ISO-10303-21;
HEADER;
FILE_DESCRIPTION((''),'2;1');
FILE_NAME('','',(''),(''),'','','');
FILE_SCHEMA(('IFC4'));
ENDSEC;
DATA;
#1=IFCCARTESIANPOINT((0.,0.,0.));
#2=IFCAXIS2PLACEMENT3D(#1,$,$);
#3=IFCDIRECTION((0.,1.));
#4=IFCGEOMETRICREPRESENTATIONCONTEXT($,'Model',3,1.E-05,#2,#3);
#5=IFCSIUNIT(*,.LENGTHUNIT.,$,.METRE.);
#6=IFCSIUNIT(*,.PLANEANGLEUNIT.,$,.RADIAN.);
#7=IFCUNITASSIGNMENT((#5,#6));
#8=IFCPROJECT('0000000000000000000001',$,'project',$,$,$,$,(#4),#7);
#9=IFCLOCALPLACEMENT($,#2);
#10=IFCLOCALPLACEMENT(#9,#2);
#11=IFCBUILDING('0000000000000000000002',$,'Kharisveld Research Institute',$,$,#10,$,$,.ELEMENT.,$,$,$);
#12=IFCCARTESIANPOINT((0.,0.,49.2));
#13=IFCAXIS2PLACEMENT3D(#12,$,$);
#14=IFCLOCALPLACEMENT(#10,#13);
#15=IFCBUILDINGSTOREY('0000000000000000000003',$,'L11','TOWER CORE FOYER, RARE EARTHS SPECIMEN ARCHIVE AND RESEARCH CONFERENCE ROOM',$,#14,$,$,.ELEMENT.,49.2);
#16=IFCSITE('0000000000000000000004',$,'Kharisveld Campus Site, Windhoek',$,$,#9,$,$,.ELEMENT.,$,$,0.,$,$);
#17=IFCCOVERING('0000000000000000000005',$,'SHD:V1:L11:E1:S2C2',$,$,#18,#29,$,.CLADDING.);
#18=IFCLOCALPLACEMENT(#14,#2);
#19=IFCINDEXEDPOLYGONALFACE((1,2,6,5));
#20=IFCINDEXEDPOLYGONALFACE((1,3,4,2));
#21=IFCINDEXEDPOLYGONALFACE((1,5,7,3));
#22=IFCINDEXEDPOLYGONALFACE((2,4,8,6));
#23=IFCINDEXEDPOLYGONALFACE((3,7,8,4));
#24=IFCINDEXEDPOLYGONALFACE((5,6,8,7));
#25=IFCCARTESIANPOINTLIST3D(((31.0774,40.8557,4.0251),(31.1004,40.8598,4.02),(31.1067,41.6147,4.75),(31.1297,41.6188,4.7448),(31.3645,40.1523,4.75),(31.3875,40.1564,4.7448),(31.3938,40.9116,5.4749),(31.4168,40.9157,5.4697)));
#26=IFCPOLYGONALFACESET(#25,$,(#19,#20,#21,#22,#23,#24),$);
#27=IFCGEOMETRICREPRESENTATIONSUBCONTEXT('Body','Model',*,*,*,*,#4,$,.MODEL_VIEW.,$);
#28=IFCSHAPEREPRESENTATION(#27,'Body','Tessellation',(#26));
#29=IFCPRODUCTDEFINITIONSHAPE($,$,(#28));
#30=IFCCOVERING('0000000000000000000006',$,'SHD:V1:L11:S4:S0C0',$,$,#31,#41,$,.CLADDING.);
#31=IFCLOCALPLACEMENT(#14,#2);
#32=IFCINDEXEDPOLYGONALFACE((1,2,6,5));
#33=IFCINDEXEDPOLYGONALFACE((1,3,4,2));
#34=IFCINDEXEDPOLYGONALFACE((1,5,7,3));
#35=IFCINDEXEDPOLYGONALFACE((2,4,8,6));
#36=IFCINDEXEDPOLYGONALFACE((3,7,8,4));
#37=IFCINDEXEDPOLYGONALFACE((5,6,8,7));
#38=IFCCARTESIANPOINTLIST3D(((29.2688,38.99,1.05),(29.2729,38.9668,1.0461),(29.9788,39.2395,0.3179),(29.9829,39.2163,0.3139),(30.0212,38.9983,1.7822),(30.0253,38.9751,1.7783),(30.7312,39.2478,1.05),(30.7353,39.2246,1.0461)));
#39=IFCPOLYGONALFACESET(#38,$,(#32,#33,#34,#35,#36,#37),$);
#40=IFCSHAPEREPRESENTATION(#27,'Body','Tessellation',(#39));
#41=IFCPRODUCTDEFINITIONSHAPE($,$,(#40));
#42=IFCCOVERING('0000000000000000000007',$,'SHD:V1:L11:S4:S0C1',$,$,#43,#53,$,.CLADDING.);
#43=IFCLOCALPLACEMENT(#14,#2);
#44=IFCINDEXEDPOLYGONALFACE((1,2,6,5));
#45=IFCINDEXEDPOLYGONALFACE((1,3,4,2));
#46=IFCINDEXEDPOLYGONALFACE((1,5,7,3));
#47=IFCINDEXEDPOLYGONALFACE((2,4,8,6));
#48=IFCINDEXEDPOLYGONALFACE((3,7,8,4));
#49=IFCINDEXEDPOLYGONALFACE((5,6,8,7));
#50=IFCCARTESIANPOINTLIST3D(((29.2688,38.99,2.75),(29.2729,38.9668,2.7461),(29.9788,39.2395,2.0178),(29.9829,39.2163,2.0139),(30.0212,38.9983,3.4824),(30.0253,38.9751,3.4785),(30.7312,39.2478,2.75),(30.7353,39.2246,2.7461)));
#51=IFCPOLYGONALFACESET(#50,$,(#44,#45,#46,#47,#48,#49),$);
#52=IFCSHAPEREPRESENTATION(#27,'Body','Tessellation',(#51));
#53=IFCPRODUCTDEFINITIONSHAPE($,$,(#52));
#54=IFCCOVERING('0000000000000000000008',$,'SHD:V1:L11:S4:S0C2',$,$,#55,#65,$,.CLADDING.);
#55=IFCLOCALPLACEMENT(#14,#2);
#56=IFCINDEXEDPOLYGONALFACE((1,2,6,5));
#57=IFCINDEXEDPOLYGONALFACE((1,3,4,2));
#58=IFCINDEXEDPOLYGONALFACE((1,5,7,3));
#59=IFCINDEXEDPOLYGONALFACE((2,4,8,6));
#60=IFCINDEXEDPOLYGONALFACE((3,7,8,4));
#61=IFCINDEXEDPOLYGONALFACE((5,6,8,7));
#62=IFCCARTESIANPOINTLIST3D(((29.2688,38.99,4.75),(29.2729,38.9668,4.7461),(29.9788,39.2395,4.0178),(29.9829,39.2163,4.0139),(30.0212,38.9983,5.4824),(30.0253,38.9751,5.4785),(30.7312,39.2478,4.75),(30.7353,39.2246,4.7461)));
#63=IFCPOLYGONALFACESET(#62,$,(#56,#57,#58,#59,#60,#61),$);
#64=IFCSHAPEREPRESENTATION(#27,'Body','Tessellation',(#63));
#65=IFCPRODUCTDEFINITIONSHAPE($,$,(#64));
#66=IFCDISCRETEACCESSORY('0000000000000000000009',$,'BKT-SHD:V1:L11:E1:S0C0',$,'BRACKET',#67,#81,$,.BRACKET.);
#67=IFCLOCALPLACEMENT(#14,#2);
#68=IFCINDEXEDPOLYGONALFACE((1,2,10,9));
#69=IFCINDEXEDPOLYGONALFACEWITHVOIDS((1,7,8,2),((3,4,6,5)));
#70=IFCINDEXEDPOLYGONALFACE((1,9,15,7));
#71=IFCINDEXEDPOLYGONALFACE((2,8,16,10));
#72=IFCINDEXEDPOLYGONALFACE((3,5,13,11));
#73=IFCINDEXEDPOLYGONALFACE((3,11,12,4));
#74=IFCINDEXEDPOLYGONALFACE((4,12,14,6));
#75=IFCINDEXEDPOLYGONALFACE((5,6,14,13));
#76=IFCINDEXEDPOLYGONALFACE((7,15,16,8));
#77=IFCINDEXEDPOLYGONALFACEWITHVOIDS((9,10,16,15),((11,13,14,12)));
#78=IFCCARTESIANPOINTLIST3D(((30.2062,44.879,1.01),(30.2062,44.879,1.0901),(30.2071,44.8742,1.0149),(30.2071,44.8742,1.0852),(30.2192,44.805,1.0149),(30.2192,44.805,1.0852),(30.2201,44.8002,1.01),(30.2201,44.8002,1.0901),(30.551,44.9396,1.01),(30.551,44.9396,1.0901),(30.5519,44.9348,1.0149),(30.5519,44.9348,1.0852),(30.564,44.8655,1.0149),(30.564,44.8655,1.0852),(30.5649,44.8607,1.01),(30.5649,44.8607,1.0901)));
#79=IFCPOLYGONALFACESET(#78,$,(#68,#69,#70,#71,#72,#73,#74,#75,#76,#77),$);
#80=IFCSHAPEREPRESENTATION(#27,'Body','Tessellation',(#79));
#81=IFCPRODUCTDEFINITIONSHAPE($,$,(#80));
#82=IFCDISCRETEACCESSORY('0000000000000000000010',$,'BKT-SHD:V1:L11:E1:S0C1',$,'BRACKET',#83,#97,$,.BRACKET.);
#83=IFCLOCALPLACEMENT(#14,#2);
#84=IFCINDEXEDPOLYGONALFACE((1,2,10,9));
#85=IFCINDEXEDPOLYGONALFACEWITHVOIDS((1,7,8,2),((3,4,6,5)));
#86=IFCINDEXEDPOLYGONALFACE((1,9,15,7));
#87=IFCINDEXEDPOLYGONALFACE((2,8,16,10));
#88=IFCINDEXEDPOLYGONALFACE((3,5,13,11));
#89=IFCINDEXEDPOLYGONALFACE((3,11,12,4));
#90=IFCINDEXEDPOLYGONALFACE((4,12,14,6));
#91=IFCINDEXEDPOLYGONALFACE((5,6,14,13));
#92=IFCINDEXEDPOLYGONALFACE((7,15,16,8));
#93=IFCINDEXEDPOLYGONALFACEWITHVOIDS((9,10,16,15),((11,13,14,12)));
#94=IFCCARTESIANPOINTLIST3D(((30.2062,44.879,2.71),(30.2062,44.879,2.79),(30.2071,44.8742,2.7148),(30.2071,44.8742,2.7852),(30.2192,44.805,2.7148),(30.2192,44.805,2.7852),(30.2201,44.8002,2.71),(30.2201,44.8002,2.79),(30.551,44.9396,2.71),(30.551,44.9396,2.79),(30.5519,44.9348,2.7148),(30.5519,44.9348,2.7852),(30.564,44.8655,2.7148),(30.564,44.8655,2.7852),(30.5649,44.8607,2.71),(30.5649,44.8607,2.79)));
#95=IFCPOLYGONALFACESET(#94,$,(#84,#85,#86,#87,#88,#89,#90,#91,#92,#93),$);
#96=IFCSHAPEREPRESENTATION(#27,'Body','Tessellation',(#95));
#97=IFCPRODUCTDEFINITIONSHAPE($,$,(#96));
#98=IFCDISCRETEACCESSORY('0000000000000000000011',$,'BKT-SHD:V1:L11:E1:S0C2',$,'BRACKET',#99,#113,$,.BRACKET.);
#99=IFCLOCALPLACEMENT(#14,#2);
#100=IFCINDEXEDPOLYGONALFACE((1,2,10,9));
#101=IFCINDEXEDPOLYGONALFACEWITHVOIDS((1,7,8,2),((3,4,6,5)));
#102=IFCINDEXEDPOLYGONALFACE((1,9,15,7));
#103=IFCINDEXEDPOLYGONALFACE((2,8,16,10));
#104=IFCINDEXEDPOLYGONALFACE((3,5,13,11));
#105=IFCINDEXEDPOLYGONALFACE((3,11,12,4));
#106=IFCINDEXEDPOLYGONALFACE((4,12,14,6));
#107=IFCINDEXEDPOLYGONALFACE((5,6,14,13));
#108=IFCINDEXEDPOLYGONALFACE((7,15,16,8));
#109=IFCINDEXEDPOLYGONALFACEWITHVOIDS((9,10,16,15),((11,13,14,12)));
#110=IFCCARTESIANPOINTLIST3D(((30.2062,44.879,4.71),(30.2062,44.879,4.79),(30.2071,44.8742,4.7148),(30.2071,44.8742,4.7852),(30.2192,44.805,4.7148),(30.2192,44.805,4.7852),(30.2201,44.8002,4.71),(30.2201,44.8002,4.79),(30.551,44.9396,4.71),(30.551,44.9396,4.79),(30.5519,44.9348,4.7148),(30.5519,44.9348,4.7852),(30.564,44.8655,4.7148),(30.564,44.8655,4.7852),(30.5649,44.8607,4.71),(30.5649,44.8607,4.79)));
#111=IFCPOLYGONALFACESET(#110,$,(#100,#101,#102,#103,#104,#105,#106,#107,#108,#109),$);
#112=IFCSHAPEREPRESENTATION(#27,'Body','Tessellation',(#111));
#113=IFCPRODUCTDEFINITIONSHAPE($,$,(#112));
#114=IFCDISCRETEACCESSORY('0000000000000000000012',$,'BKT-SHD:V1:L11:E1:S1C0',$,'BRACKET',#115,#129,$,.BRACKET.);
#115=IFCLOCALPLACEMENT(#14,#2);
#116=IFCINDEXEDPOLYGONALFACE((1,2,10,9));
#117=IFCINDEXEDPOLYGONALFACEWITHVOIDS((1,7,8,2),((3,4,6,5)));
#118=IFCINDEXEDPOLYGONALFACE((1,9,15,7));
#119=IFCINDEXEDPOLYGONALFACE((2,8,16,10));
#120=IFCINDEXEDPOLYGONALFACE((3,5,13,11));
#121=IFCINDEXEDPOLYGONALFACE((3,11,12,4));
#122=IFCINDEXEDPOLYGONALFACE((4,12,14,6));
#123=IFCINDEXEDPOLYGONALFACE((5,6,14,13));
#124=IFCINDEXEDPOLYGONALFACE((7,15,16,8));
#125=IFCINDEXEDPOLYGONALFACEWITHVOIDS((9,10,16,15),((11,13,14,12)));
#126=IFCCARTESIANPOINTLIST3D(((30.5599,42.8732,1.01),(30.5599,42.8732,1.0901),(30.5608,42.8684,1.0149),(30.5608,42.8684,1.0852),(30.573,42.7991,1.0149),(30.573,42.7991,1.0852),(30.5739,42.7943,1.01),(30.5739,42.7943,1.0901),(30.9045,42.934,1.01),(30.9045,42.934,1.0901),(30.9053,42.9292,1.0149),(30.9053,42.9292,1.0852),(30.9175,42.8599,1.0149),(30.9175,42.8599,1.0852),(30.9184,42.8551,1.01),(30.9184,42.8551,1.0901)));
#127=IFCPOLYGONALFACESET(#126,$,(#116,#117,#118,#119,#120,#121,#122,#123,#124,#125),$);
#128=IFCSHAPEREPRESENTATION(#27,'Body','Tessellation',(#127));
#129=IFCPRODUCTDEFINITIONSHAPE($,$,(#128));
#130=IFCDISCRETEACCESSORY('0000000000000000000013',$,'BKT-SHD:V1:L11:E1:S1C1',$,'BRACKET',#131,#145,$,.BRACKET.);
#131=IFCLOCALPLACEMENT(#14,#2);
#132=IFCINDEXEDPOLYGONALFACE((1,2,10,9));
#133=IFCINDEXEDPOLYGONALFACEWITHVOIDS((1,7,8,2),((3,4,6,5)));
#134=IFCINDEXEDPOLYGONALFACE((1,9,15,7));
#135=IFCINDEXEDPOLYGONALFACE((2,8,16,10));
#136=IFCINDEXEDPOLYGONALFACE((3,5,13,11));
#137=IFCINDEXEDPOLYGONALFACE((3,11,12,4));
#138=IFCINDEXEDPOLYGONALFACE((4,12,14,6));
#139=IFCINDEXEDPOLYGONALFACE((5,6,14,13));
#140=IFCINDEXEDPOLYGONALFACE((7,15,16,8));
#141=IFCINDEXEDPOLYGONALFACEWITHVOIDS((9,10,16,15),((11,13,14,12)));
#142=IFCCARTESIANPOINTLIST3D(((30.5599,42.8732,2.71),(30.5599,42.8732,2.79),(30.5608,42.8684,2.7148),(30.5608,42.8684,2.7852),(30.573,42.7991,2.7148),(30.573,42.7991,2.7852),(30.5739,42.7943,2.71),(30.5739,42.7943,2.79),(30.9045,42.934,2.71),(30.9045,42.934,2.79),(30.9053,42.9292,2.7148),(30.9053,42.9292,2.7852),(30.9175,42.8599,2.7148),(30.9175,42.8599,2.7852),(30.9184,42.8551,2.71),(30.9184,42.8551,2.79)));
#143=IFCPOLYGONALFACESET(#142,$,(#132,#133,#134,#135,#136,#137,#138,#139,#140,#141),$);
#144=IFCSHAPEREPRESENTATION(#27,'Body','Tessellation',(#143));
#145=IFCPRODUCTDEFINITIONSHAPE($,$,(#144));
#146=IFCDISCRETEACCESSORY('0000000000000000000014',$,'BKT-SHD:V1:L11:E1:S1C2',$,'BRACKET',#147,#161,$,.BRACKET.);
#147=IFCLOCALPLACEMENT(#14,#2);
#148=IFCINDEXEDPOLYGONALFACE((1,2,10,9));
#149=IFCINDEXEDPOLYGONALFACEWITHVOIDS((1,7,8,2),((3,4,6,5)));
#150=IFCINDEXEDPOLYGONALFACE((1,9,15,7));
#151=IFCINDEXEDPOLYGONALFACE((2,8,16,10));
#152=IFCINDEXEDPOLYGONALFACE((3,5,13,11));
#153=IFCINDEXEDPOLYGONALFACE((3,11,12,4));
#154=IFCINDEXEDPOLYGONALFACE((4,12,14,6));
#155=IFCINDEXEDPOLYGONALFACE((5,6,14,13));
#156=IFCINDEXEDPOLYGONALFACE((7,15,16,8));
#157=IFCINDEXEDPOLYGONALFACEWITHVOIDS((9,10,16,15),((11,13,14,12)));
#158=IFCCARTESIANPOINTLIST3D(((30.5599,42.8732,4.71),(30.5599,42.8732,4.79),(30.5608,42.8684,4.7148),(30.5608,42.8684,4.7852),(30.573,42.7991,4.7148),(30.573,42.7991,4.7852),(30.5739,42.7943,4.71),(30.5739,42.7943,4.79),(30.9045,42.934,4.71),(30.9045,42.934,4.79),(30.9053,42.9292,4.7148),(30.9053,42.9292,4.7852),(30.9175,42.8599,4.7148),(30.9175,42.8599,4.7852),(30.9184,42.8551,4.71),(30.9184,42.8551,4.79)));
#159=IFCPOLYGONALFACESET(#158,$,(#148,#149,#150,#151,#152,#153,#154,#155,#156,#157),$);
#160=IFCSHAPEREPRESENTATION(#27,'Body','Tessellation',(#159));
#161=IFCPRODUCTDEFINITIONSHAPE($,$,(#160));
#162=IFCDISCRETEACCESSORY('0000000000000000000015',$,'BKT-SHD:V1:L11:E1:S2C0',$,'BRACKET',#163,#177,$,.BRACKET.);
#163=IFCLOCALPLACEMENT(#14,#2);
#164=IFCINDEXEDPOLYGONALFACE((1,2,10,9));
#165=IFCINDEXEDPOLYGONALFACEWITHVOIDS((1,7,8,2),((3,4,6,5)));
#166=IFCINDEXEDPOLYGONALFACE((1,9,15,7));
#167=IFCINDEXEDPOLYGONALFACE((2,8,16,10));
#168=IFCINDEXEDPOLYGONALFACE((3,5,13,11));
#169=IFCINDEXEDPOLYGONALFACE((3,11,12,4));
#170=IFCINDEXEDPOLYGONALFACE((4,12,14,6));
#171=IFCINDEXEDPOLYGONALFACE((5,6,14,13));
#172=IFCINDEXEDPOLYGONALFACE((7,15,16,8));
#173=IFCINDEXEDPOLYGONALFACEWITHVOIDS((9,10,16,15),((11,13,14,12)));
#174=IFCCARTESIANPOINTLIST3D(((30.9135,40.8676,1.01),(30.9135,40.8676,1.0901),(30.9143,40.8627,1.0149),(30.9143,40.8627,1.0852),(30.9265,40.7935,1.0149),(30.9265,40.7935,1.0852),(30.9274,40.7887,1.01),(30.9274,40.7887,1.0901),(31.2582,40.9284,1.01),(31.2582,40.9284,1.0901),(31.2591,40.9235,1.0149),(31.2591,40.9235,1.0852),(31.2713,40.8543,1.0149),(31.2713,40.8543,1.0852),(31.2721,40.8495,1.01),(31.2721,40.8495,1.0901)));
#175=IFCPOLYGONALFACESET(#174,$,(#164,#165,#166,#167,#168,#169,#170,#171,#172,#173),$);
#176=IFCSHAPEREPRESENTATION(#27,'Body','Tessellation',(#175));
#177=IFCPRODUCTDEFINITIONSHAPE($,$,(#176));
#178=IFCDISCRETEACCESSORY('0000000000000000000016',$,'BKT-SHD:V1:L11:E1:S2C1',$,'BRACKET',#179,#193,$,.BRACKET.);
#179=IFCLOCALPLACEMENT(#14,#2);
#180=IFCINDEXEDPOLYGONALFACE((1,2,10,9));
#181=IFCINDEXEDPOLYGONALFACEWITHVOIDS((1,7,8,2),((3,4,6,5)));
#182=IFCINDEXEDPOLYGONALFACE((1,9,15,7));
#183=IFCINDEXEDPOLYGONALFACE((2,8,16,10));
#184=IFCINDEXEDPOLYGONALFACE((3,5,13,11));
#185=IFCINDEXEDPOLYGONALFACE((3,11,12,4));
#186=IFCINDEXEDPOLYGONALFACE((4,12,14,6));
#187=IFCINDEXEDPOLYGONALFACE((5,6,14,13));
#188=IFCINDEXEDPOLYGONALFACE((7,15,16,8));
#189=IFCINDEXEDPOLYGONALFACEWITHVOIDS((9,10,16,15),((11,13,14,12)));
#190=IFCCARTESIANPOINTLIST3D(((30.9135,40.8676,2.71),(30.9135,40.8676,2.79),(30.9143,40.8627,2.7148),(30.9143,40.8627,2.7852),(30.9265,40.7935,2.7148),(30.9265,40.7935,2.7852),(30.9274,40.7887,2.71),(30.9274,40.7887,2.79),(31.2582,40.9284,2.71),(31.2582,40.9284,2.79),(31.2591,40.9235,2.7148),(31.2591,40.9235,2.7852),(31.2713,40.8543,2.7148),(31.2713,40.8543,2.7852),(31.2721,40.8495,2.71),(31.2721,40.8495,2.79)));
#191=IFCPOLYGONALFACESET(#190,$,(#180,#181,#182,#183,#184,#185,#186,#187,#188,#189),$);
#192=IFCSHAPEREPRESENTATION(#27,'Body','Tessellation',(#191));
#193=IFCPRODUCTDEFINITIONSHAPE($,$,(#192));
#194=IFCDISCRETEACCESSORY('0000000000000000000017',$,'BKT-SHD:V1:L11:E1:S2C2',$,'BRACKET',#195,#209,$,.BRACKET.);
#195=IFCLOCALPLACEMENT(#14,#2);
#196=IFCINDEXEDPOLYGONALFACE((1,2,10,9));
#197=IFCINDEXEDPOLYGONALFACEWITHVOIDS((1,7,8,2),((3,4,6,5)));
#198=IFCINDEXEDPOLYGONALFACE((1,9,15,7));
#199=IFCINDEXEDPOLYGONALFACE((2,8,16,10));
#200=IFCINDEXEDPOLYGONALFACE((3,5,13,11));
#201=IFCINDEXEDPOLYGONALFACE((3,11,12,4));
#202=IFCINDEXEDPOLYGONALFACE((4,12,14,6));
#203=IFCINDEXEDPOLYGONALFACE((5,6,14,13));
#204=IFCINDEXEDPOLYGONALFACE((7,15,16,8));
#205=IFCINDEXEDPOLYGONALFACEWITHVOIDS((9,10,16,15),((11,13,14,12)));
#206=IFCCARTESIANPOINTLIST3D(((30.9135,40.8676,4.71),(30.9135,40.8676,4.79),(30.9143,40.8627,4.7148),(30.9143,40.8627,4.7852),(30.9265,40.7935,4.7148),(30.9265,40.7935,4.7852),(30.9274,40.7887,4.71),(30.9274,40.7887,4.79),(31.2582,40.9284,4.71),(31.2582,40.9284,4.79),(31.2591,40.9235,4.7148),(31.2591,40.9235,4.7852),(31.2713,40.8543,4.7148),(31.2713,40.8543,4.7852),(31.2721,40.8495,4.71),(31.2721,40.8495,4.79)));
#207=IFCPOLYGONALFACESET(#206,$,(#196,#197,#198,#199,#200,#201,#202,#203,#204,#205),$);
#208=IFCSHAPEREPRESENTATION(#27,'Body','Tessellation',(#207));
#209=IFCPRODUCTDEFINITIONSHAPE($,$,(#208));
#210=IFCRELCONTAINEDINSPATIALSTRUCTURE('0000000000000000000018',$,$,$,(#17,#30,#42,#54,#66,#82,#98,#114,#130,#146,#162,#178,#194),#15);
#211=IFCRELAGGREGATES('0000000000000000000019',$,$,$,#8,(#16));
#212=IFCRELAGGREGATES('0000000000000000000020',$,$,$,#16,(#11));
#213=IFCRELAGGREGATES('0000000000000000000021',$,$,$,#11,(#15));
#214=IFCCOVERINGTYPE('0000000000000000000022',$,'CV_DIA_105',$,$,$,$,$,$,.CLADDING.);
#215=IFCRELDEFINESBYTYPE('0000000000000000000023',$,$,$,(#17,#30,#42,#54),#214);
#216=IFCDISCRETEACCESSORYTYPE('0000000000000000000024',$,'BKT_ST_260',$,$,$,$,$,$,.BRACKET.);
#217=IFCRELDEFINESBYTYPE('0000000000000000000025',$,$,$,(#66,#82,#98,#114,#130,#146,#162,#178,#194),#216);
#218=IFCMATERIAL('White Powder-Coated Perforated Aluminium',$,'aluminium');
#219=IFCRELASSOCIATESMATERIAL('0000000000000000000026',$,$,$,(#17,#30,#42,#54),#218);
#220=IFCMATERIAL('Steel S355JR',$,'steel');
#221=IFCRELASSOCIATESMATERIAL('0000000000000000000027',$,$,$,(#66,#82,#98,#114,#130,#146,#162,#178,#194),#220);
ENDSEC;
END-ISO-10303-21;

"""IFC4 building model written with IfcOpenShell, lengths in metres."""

from ifc_helpers import new_model, si_unit, direction, frame, origin, origin_2d, place, context, subcontext, project, spatial, polyline, hollow_rectangle, outline, extrude, material, type_object, element, save


model = new_model("IFC4")

# Units and contexts
model_context = context("Model", 3, precision=1e-05, world=origin(), true_north=direction((0.0, 1.0)))
body_context = subcontext(model_context, "Body", "Model", "MODEL_VIEW")
ifc_project = project(units=[si_unit("LENGTHUNIT", "METRE"), si_unit("PLANEANGLEUNIT", "RADIAN")], contexts=[model_context])

# Site, building, storey
site_placement = place(None, origin())
site = spatial("IfcSite", under=ifc_project, at=site_placement, Name="Kharisveld Campus Site, Windhoek", CompositionType="ELEMENT", RefElevation=0.0)
building_placement = place(site_placement, origin())
building = spatial("IfcBuilding", under=site, at=building_placement, Name="Kharisveld Research Institute", CompositionType="ELEMENT")
storey_placement = place(building_placement, frame((0.0, 0.0, 49.2)))
storey = spatial("IfcBuildingStorey", under=building, at=storey_placement, Name="L11", Description="TOWER CORE FOYER, RARE EARTHS SPECIMEN ARCHIVE AND RESEARCH CONFERENCE ROOM", CompositionType="ELEMENT", Elevation=49.2)

# Coverings
ifc_material_1 = material(Name="White Powder-Coated Perforated Aluminium", Category="aluminium")
covering_type = type_object("IfcCoveringType", Name="CV_DIA_105", PredefinedType="CLADDING")
for number, where, z_axis, x_axis, name in (
    (1, (31.0774, 40.8557, 4.0251), (-0.961481, -0.169503, 0.216385), (0.273447, -0.66985, 0.69031), "SHD:V1:L11:E1:S2C2"),
):
    element("IfcCovering", number, at=place(storey_placement, frame(where, z_axis=z_axis, x_axis=x_axis)), inside=storey, type_object=covering_type, material=ifc_material_1, Name=name, PredefinedType="CLADDING", context=body_context, shape_type="SweptSolid", body=[
        extrude(outline(polyline([(0.0, 0.0), (1.05, 0.0), (1.0498, 1.0501), (-0.0001, 1.05), (0.0, 0.0)])), origin(), (0.0, 0.0, -1.0), 0.0239),
    ])
covering_placement = place(storey_placement, frame((29.9788, 39.2395, 0.3179), z_axis=(-0.171238, 0.971321, 0.164965), x_axis=(-0.676189, -0.237643, 0.697349)))
element("IfcCovering", 2, at=covering_placement, inside=storey, type_object=covering_type, material=ifc_material_1, Name="SHD:V1:L11:S4:S0C0", PredefinedType="CLADDING", context=body_context, shape_type="SweptSolid", body=[
    extrude(outline(polyline([(0.0, 0.0), (1.0499, 0.0), (1.0498, 1.0499), (-0.0002, 1.0499), (0.0, 0.0)])), origin(), (0.0, 0.0, -1.0), 0.0239),
])
for number, where, z_axis, x_axis, name in (
    (3, (29.9788, 39.2395, 2.0178), (-0.171239, 0.971325, 0.164938), (-0.676192, -0.237624, 0.697352), "SHD:V1:L11:S4:S0C1"),
    (4, (29.9788, 39.2395, 4.0178), (-0.171239, 0.971325, 0.164938), (-0.676192, -0.237624, 0.697352), "SHD:V1:L11:S4:S0C2"),
):
    element("IfcCovering", number, at=place(storey_placement, frame(where, z_axis=z_axis, x_axis=x_axis)), inside=storey, type_object=covering_type, material=ifc_material_1, Name=name, PredefinedType="CLADDING", context=body_context, shape_type="SweptSolid", body=[
        extrude(outline(polyline([(0.0, 0.0), (1.0499, 0.0), (1.0499, 1.0501), (-0.0002, 1.0499), (0.0, 0.0)])), origin(), (0.0, 0.0, -1.0), 0.0239),
    ])

# Discrete accessories
ifc_material_2 = material(Name="Steel S355JR", Category="steel")
discrete_accessory_type = type_object("IfcDiscreteAccessoryType", Name="BKT_ST_260", PredefinedType="BRACKET")
for number, where, z_axis, x_axis, name in (
    (5, (30.2131, 44.8396, 1.05), (0.984924, 0.172989, 0.0), (-0.172989, 0.984924, 0.0), "BKT-SHD:V1:L11:E1:S0C0"),
    (6, (30.2131, 44.8396, 2.75), (0.984924, 0.172989, 0.0), (-0.172989, 0.984924, 0.0), "BKT-SHD:V1:L11:E1:S0C1"),
    (7, (30.2131, 44.8396, 4.75), (0.984924, 0.172989, 0.0), (-0.172989, 0.984924, 0.0), "BKT-SHD:V1:L11:E1:S0C2"),
):
    element("IfcDiscreteAccessory", number, at=place(storey_placement, frame(where, z_axis=z_axis, x_axis=x_axis)), inside=storey, type_object=discrete_accessory_type, material=ifc_material_2, Name=name, ObjectType="BRACKET", PredefinedType="BRACKET", context=body_context, shape_type="SweptSolid", body=[
        extrude(hollow_rectangle(XDim=0.0801, YDim=0.0801, WallThickness=0.0049, at=origin_2d()), origin(), (0.0, 0.0, 1.0), 0.3501),
    ])
for number, where, z_axis, x_axis, name in (
    (8, (30.5669, 42.8337, 1.05), (0.984784, 0.173785, 0.0), (-0.173785, 0.984784, 0.0), "BKT-SHD:V1:L11:E1:S1C0"),
    (9, (30.5669, 42.8337, 2.75), (0.984784, 0.173785, 0.0), (-0.173785, 0.984784, 0.0), "BKT-SHD:V1:L11:E1:S1C1"),
    (10, (30.5669, 42.8337, 4.75), (0.984784, 0.173785, 0.0), (-0.173785, 0.984784, 0.0), "BKT-SHD:V1:L11:E1:S1C2"),
):
    element("IfcDiscreteAccessory", number, at=place(storey_placement, frame(where, z_axis=z_axis, x_axis=x_axis)), inside=storey, type_object=discrete_accessory_type, material=ifc_material_2, Name=name, ObjectType="BRACKET", PredefinedType="BRACKET", context=body_context, shape_type="SweptSolid", body=[
        extrude(hollow_rectangle(XDim=0.0801, YDim=0.0801, WallThickness=0.0049, at=origin_2d()), origin(), (0.0, 0.0, 1.0), 0.3499),
    ])
for number, where, z_axis, x_axis, name in (
    (11, (30.9204, 40.8281, 1.05), (0.984805, 0.173666, 0.0), (-0.173666, 0.984805, 0.0), "BKT-SHD:V1:L11:E1:S2C0"),
    (12, (30.9204, 40.8281, 2.75), (0.984805, 0.173666, 0.0), (-0.173666, 0.984805, 0.0), "BKT-SHD:V1:L11:E1:S2C1"),
    (13, (30.9204, 40.8281, 4.75), (0.984805, 0.173666, 0.0), (-0.173666, 0.984805, 0.0), "BKT-SHD:V1:L11:E1:S2C2"),
):
    element("IfcDiscreteAccessory", number, at=place(storey_placement, frame(where, z_axis=z_axis, x_axis=x_axis)), inside=storey, type_object=discrete_accessory_type, material=ifc_material_2, Name=name, ObjectType="BRACKET", PredefinedType="BRACKET", context=body_context, shape_type="SweptSolid", body=[
        extrude(hollow_rectangle(XDim=0.0801, YDim=0.0801, WallThickness=0.0049, at=origin_2d()), origin(), (0.0, 0.0, 1.0), 0.3501),
    ])

save(model, "model.ifc")
